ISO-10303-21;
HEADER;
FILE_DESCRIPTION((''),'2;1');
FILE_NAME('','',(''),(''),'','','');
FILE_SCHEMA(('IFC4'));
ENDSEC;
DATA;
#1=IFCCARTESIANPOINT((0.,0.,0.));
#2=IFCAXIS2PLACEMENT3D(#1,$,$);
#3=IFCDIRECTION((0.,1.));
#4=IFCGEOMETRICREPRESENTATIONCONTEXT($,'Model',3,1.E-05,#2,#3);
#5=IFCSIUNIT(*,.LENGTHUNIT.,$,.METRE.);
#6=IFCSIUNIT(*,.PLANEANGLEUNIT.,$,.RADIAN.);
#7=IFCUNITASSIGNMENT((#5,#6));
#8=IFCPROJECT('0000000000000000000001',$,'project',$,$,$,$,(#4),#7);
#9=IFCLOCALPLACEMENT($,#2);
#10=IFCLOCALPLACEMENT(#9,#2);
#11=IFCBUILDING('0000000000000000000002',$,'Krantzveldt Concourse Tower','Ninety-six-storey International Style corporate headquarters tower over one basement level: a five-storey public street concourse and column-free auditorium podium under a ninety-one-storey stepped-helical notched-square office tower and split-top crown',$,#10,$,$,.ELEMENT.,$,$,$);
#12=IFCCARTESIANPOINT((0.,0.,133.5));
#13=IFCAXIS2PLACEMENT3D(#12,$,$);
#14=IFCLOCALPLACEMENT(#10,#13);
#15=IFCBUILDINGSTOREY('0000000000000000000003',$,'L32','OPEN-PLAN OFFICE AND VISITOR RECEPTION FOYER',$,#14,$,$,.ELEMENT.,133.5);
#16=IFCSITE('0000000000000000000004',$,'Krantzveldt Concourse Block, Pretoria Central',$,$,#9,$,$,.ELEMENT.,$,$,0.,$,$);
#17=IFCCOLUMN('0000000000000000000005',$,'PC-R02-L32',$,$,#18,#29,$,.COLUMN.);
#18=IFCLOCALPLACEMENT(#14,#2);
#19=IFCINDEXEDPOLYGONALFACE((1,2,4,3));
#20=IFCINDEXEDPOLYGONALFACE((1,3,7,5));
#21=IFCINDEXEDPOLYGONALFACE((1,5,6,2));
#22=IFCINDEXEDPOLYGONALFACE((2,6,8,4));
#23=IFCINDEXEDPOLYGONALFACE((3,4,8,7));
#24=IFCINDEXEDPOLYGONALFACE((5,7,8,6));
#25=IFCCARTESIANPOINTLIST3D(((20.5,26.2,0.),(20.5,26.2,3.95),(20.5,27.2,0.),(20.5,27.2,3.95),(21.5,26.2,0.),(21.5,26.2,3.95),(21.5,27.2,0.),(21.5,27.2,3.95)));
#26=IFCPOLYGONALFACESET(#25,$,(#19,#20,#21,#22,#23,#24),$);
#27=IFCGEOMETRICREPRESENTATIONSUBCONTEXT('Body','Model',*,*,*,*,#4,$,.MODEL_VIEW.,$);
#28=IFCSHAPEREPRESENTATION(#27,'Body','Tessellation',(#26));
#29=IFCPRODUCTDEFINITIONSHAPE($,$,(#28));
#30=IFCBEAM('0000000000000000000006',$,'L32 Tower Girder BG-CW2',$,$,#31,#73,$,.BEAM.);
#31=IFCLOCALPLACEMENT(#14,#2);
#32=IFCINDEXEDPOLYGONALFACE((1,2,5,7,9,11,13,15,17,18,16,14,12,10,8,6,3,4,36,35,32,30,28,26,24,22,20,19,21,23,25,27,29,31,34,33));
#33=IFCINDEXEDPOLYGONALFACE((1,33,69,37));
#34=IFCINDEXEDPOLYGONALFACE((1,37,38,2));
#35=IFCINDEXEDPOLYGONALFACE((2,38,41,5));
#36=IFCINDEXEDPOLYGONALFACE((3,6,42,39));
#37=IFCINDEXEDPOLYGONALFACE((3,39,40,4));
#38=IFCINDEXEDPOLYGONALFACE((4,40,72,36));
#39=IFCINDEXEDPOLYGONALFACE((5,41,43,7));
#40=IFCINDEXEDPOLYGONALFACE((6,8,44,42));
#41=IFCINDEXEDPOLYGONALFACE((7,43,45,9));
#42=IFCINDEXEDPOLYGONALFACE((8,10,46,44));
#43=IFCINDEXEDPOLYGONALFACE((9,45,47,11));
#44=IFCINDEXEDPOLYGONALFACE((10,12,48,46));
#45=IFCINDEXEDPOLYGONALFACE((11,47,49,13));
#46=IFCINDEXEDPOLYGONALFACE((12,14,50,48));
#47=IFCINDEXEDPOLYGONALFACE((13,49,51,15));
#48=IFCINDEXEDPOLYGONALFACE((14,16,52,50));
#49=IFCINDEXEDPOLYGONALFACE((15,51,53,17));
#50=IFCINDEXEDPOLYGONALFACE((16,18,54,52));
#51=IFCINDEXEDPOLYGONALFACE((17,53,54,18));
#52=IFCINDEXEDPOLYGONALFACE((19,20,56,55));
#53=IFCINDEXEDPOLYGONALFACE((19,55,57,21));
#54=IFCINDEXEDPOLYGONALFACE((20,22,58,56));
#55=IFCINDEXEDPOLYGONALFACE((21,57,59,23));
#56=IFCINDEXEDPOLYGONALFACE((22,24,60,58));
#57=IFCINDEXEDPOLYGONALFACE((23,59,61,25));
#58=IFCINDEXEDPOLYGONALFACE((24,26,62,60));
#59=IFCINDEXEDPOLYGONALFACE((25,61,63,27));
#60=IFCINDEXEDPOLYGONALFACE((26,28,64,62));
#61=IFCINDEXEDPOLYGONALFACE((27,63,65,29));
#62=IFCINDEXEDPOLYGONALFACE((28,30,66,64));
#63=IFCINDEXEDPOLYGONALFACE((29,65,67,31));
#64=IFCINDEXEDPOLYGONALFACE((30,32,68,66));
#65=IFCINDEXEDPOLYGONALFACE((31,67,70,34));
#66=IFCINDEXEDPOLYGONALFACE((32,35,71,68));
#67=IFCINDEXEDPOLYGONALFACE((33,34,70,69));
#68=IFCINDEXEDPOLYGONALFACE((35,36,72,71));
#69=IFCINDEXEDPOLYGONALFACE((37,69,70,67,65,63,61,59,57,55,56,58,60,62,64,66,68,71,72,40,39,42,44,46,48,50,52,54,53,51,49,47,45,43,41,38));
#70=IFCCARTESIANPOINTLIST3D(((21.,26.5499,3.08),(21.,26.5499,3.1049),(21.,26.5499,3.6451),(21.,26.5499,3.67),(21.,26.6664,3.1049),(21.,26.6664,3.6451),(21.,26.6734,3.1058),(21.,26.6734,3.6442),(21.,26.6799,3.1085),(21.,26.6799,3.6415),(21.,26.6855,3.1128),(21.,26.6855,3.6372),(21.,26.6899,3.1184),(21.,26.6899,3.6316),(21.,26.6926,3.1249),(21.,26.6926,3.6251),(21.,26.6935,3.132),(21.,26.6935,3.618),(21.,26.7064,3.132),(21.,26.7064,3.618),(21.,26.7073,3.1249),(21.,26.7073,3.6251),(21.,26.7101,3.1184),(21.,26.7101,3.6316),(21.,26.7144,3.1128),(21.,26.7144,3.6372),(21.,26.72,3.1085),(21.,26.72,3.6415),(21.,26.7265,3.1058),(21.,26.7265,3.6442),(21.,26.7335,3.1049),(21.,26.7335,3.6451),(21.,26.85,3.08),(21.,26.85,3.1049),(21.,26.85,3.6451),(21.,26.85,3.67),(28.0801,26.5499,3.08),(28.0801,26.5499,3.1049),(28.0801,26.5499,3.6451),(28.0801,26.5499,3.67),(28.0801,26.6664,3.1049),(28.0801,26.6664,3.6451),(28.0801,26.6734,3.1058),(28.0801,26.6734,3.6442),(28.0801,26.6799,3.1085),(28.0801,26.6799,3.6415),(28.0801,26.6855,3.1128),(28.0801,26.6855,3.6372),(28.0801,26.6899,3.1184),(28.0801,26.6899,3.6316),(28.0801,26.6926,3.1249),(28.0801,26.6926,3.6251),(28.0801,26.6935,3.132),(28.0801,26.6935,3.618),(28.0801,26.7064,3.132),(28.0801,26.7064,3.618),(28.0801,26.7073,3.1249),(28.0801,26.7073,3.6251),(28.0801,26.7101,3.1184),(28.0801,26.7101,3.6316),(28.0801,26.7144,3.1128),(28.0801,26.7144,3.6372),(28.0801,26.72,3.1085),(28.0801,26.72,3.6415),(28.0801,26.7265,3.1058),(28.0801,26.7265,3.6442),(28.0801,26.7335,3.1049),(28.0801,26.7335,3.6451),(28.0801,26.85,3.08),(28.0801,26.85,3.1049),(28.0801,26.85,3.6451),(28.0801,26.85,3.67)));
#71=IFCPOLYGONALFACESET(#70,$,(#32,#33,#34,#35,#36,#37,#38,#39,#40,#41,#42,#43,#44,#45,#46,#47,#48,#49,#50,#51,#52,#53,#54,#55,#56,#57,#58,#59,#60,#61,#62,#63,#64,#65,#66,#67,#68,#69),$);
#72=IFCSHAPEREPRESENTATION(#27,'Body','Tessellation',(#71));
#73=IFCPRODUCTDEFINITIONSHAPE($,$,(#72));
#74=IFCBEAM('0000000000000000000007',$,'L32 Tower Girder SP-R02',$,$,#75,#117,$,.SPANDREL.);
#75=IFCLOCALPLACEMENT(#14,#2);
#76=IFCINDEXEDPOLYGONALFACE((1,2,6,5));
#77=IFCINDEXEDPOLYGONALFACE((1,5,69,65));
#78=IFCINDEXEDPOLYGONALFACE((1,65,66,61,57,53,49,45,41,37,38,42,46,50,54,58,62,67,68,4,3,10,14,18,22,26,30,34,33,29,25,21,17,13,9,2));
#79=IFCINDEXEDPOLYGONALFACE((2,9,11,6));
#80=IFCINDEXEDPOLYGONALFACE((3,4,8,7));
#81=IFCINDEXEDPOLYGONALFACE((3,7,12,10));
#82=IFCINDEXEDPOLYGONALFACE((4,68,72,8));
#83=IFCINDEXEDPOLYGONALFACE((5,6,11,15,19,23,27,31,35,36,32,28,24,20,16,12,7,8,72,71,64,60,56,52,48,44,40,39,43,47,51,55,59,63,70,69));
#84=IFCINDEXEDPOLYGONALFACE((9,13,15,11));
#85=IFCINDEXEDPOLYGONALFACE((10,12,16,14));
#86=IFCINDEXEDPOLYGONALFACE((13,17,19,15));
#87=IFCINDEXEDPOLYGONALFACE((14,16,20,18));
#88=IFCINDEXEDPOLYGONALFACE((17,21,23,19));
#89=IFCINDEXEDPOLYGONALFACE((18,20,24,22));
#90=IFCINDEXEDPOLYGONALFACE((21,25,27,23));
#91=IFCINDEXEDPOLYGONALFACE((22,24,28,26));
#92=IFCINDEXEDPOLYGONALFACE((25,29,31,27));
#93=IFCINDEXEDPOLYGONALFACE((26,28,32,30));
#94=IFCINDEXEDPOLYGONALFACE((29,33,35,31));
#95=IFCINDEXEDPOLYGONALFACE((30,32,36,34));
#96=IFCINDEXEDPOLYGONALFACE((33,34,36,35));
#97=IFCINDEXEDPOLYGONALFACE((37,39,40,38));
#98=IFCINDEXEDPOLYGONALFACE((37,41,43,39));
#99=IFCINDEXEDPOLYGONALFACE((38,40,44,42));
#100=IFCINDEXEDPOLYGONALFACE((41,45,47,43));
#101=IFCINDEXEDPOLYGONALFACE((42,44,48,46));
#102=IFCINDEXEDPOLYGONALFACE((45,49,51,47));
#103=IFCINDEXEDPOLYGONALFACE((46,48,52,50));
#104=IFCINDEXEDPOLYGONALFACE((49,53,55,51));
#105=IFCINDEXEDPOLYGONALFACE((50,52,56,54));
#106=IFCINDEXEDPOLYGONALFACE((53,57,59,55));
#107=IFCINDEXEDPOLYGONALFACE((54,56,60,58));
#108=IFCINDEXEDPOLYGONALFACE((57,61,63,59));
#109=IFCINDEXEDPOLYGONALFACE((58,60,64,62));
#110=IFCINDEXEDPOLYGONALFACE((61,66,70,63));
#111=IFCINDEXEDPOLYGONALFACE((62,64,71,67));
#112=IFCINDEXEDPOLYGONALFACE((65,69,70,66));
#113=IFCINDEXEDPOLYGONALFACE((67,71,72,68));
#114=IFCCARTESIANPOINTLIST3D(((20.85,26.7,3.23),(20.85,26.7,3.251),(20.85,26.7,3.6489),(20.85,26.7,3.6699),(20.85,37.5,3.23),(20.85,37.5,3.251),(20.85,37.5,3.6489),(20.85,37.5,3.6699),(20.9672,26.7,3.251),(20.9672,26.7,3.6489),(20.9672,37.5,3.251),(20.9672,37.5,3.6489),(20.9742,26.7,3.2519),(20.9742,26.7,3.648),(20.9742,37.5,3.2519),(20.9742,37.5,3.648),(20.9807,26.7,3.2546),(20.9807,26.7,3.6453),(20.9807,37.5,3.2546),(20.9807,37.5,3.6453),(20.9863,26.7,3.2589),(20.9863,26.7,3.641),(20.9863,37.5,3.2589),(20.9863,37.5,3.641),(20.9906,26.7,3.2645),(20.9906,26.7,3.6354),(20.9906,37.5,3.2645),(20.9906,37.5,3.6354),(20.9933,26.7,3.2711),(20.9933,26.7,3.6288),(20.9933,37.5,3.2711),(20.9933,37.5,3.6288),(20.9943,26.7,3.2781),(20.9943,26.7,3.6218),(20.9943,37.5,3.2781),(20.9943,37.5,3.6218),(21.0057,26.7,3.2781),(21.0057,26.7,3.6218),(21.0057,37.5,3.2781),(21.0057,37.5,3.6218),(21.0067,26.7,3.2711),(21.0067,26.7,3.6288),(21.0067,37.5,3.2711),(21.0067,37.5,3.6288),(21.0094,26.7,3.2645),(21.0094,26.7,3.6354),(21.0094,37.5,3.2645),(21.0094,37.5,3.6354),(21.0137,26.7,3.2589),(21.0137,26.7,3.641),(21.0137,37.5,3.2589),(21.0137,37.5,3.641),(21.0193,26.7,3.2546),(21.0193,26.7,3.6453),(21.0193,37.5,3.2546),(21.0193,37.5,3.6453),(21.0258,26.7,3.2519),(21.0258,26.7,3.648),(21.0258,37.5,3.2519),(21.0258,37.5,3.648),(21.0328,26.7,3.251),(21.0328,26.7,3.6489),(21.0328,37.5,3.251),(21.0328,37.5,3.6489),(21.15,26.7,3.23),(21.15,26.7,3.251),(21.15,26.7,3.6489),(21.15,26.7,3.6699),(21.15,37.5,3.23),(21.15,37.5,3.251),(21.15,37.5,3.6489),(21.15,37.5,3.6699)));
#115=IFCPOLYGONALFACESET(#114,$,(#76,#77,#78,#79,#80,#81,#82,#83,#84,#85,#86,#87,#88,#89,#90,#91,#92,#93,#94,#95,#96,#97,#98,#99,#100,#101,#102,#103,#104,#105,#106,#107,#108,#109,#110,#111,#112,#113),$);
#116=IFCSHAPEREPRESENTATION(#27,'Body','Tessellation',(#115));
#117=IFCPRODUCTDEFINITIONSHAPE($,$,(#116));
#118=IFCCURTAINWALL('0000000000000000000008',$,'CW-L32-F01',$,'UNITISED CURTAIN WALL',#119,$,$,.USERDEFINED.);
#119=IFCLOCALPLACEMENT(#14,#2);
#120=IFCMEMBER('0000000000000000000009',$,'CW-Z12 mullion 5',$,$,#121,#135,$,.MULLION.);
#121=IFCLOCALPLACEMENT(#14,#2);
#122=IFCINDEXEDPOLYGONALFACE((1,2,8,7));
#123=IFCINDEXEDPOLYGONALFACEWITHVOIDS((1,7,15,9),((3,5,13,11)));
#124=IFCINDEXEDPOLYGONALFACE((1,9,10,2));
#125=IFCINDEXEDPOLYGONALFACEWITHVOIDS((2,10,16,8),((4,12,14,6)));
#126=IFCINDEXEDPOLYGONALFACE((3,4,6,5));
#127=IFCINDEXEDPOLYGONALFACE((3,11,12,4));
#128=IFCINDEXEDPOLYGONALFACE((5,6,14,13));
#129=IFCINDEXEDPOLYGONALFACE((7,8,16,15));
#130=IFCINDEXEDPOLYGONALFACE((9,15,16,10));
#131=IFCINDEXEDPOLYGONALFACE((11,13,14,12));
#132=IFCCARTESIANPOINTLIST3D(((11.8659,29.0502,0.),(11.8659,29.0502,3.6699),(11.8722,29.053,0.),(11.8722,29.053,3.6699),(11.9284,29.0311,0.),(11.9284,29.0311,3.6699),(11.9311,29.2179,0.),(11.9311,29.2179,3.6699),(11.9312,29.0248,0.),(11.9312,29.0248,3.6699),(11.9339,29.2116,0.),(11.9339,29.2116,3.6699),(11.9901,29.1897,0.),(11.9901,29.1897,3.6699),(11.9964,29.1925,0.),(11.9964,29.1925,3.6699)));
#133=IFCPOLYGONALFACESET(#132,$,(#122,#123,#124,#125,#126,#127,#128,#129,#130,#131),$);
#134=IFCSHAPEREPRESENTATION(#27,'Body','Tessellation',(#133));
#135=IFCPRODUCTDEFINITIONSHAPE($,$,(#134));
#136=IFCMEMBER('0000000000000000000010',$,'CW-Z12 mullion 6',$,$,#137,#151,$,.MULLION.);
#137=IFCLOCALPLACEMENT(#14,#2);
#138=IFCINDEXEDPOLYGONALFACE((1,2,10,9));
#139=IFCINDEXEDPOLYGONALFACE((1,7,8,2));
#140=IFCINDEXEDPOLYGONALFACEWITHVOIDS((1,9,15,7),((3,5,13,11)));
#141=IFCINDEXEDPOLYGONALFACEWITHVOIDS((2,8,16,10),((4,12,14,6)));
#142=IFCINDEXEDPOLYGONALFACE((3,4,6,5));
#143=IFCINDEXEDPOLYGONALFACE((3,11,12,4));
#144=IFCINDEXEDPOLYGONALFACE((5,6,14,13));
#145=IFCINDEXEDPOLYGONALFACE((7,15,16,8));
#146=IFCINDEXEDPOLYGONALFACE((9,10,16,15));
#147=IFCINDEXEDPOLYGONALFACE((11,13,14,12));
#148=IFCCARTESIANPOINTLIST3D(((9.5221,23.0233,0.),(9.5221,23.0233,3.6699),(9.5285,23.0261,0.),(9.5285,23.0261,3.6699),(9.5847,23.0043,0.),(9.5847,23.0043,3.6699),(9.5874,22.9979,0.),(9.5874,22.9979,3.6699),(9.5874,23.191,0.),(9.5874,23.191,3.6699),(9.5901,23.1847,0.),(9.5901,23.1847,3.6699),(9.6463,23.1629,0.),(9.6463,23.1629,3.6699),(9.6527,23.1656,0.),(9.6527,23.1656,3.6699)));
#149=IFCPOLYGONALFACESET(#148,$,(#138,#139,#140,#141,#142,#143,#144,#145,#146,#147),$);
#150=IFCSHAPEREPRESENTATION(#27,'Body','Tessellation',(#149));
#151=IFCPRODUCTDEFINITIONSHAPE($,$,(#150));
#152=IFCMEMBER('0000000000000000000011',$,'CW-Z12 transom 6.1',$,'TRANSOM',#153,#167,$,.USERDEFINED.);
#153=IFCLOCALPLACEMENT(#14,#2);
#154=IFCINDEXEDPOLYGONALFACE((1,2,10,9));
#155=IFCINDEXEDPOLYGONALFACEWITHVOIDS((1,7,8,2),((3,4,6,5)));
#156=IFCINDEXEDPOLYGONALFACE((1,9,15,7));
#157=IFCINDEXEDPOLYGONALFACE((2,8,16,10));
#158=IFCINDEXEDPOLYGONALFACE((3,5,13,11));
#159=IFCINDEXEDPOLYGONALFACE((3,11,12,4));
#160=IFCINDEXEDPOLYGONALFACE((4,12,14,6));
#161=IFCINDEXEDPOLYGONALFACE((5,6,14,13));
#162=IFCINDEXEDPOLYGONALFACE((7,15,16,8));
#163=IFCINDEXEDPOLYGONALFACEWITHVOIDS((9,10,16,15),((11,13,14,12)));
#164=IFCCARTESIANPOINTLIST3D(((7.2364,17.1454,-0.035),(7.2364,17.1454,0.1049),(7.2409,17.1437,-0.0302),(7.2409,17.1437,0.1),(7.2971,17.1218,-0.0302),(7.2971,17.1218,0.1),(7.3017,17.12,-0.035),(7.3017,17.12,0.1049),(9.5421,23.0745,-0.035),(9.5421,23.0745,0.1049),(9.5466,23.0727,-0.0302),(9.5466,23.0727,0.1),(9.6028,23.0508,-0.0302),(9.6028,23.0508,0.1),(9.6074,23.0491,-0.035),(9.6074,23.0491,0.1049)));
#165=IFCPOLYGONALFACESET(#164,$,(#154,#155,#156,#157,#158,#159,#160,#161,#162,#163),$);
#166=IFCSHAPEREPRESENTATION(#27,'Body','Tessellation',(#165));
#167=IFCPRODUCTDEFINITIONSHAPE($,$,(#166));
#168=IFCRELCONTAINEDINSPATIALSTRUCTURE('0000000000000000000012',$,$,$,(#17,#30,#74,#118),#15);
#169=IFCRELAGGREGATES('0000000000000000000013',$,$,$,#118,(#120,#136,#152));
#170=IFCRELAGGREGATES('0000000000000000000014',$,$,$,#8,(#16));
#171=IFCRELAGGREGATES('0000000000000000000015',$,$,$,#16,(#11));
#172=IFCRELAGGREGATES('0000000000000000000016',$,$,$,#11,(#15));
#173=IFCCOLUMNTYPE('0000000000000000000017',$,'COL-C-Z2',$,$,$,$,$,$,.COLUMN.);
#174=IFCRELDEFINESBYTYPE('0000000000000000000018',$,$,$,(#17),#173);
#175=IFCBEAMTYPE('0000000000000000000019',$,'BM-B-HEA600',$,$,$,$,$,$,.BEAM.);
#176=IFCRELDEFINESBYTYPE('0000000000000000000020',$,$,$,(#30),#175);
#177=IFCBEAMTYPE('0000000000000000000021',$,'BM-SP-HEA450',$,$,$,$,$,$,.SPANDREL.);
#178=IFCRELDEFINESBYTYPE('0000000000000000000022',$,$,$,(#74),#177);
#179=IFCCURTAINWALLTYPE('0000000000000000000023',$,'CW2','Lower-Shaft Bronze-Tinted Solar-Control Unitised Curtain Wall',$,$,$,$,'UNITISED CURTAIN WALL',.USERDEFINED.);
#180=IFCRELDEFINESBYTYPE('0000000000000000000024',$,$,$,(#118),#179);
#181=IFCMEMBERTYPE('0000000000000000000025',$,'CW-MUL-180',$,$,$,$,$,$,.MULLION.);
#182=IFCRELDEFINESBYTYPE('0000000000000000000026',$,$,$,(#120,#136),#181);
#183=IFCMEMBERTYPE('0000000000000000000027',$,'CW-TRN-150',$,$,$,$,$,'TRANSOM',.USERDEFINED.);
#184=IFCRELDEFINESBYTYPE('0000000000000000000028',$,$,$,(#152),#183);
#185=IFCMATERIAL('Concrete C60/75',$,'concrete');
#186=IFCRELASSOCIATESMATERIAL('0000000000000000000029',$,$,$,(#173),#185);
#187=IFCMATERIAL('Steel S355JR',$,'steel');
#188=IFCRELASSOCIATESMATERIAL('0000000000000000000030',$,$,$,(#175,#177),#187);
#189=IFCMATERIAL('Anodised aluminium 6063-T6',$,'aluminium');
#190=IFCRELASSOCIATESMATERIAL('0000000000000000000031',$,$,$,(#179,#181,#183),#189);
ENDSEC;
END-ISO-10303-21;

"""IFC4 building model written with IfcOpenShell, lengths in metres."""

from ifc_helpers import new_model, si_unit, direction, frame, origin, origin_2d, place, context, subcontext, project, spatial, rectangle, hollow_rectangle, i_section, extrude, source, transform, mapped, material, material_profile, profile_set, type_object, type_shapes, element, aggregate, save


model = new_model("IFC4")

# Units and contexts
model_context = context("Model", 3, precision=1e-05, world=origin(), true_north=direction((0.0, 1.0)))
body_context = subcontext(model_context, "Body", "Model", "MODEL_VIEW")
ifc_project = project(units=[si_unit("LENGTHUNIT", "METRE"), si_unit("PLANEANGLEUNIT", "RADIAN")], contexts=[model_context])

# Site, building, storey
site_placement = place(None, origin())
site = spatial("IfcSite", under=ifc_project, at=site_placement, Name="Krantzveldt Concourse Block, Pretoria Central", CompositionType="ELEMENT", RefElevation=0.0)
building_placement = place(site_placement, origin())
building = spatial("IfcBuilding", under=site, at=building_placement, Name="Krantzveldt Concourse Tower", Description="Ninety-six-storey International Style corporate headquarters tower over one basement level: a five-storey public street concourse and column-free auditorium podium under a ninety-one-storey stepped-helical notched-square office tower and split-top crown", CompositionType="ELEMENT")
storey_placement = place(building_placement, frame((0.0, 0.0, 133.5)))
storey = spatial("IfcBuildingStorey", under=building, at=storey_placement, Name="L32", Description="OPEN-PLAN OFFICE AND VISITOR RECEPTION FOYER", CompositionType="ELEMENT", Elevation=133.5)

# Column
ifc_material_1 = material(Name="Concrete C60/75", Category="concrete")
ifc_material_profile_1 = material_profile(ifc_material_1, rectangle(XDim=1.0, YDim=1.0, at=origin_2d()), Name="Concrete C60/75", Category="concrete")
ifc_profile_set_1 = profile_set([ifc_material_profile_1], Name="Concrete C60/75 - RC 1000x1000")
column_type = type_object("IfcColumnType", Name="COL-C-Z2", PredefinedType="COLUMN", material=ifc_profile_set_1)
shared_shape_1 = source(origin(), body_context, "Body", "SweptSolid", [
    extrude(rectangle(XDim=1.0, YDim=1.0, at=origin_2d()), origin(), (0.0, 0.0, 1.0), 3.95),
])
type_shapes(column_type, [shared_shape_1])
column_placement = place(storey_placement, frame((21.0, 26.7, 0.0), z_axis=(0.0, 0.0, 1.0), x_axis=(1.0, 0.0, 0.0)))
element("IfcColumn", 1, at=column_placement, inside=storey, type_object=column_type, Name="PC-R02-L32", PredefinedType="COLUMN", context=body_context, shape_type="MappedRepresentation", body=[
    mapped(shared_shape_1, transform((0.0, 0.0, 0.0), x_axis=(1.0, 0.0, 0.0), y_axis=(0.0, 1.0, 0.0), z_axis=(0.0, 0.0, 1.0), scale=1.0)),
])

# Beams
ifc_material_2 = material(Name="Steel S355JR", Category="steel")
ifc_material_profile_2 = material_profile(ifc_material_2, i_section(OverallWidth=0.3, OverallDepth=0.5901, WebThickness=0.0129, FlangeThickness=0.0249, FilletRadius=0.0271, at=origin_2d()), Name="Steel S355JR", Category="steel")
ifc_profile_set_2 = profile_set([ifc_material_profile_2], Name="Steel S355JR - HEA 600")
beam_type_1 = type_object("IfcBeamType", Name="BM-B-HEA600", PredefinedType="BEAM", material=ifc_profile_set_2)
shared_shape_2 = source(origin(), body_context, "Body", "SweptSolid", [
    extrude(i_section(OverallWidth=0.3, OverallDepth=0.5901, WebThickness=0.0129, FlangeThickness=0.0249, FilletRadius=0.0271, at=origin_2d()), origin(), (0.0, 0.0, 1.0), 7.0801),
])
type_shapes(beam_type_1, [shared_shape_2])
beam_1_placement = place(storey_placement, frame((21.0, 26.7, 3.375), z_axis=(1.0, 0.0, 0.0), x_axis=(0.0, 1.0, 0.0)))
element("IfcBeam", 2, at=beam_1_placement, inside=storey, type_object=beam_type_1, Name="L32 Tower Girder BG-CW2", PredefinedType="BEAM", context=body_context, shape_type="MappedRepresentation", body=[
    mapped(shared_shape_2, transform((0.0, 0.0, 0.0), x_axis=(1.0, 0.0, 0.0), y_axis=(0.0, 1.0, 0.0), z_axis=(0.0, 0.0, 1.0), scale=1.0)),
])
ifc_material_profile_3 = material_profile(ifc_material_2, i_section(OverallWidth=0.3, OverallDepth=0.4399, WebThickness=0.0115, FlangeThickness=0.021, FilletRadius=0.0271, at=origin_2d()), Name="Steel S355JR", Category="steel")
ifc_profile_set_3 = profile_set([ifc_material_profile_3], Name="Steel S355JR - HEA 450")
beam_type_2 = type_object("IfcBeamType", Name="BM-SP-HEA450", PredefinedType="SPANDREL", material=ifc_profile_set_3)
shared_shape_3 = source(origin(), body_context, "Body", "SweptSolid", [
    extrude(i_section(OverallWidth=0.3, OverallDepth=0.4399, WebThickness=0.0115, FlangeThickness=0.021, FilletRadius=0.0271, at=origin_2d()), origin(), (0.0, 0.0, 1.0), 10.8),
])
type_shapes(beam_type_2, [shared_shape_3])
beam_2_placement = place(storey_placement, frame((21.0, 26.7, 3.45), z_axis=(0.0, 1.0, 0.0), x_axis=(-1.0, 0.0, 0.0)))
element("IfcBeam", 3, at=beam_2_placement, inside=storey, type_object=beam_type_2, Name="L32 Tower Girder SP-R02", PredefinedType="SPANDREL", context=body_context, shape_type="MappedRepresentation", body=[
    mapped(shared_shape_3, transform((0.0, 0.0, 0.0), x_axis=(1.0, 0.0, 0.0), y_axis=(0.0, 1.0, 0.0), z_axis=(0.0, 0.0, 1.0), scale=1.0)),
])

# Curtain wall, members
ifc_material_3 = material(Name="Anodised aluminium 6063-T6", Category="aluminium")
curtain_wall_type = type_object("IfcCurtainWallType", Name="CW2", Description="Lower-Shaft Bronze-Tinted Solar-Control Unitised Curtain Wall", ElementType="UNITISED CURTAIN WALL", PredefinedType="USERDEFINED", material=ifc_material_3)
curtain_wall_placement = place(storey_placement, origin())
curtain_wall = element("IfcCurtainWall", 4, at=curtain_wall_placement, inside=storey, type_object=curtain_wall_type, Name="CW-L32-F01", ObjectType="UNITISED CURTAIN WALL", PredefinedType="USERDEFINED")
ifc_material_profile_4 = material_profile(ifc_material_3, hollow_rectangle(XDim=0.0701, YDim=0.1799, WallThickness=0.0049, at=origin_2d()), Name="Anodised aluminium 6063-T6", Category="aluminium")
ifc_profile_set_4 = profile_set([ifc_material_profile_4], Name="Anodised aluminium 6063-T6 - ALU-MULL 180x70x5")
member_type_1 = type_object("IfcMemberType", Name="CW-MUL-180", PredefinedType="MULLION", material=ifc_profile_set_4)
shared_shape_4 = source(origin(), body_context, "Body", "SweptSolid", [
    extrude(hollow_rectangle(XDim=0.0701, YDim=0.1799, WallThickness=0.0049, at=origin_2d()), origin(), (0.0, 0.0, 1.0), 3.6699),
])
type_shapes(member_type_1, [shared_shape_4])
member_1_placement = place(storey_placement, frame((11.9312, 29.1213, 0.0), z_axis=(0.0, 0.0, 1.0), x_axis=(0.932008, -0.362438, 0.0)))
member_1 = element("IfcMember", 5, at=member_1_placement, type_object=member_type_1, Name="CW-Z12 mullion 5", PredefinedType="MULLION", context=body_context, shape_type="MappedRepresentation", body=[
    mapped(shared_shape_4, transform((0.0, 0.0, 0.0), x_axis=(1.0, 0.0, 0.0), y_axis=(0.0, 1.0, 0.0), z_axis=(0.0, 0.0, 1.0), scale=1.0)),
])
member_2_placement = place(storey_placement, frame((9.5874, 23.0945, 0.0), z_axis=(0.0, 0.0, 1.0), x_axis=(0.932008, -0.362438, 0.0)))
member_2 = element("IfcMember", 6, at=member_2_placement, type_object=member_type_1, Name="CW-Z12 mullion 6", PredefinedType="MULLION", context=body_context, shape_type="MappedRepresentation", body=[
    mapped(shared_shape_4, transform((0.0, 0.0, 0.0), x_axis=(1.0, 0.0, 0.0), y_axis=(0.0, 1.0, 0.0), z_axis=(0.0, 0.0, 1.0), scale=1.0)),
])
ifc_material_profile_5 = material_profile(ifc_material_3, hollow_rectangle(XDim=0.0701, YDim=0.1399, WallThickness=0.0049, at=origin_2d()), Name="Anodised aluminium 6063-T6", Category="aluminium")
ifc_profile_set_5 = profile_set([ifc_material_profile_5], Name="Anodised aluminium 6063-T6 - ALU-TRAN 140x70x5")
member_type_2 = type_object("IfcMemberType", Name="CW-TRN-150", ElementType="TRANSOM", PredefinedType="USERDEFINED", material=ifc_profile_set_5)
shared_shape_5 = source(origin(), body_context, "Body", "SweptSolid", [
    extrude(hollow_rectangle(XDim=0.0701, YDim=0.1399, WallThickness=0.0049, at=origin_2d()), origin(), (0.0, 0.0, 1.0), 6.3616),
])
member_3_placement = place(storey_placement, frame((9.5747, 23.0618, 0.0349), z_axis=(-0.362441, -0.932007, 0.0), x_axis=(0.932007, -0.362441, 0.0)))
member_3 = element("IfcMember", 7, at=member_3_placement, type_object=member_type_2, Name="CW-Z12 transom 6.1", ObjectType="TRANSOM", PredefinedType="USERDEFINED", context=body_context, shape_type="MappedRepresentation", body=[
    mapped(shared_shape_5, transform((0.0, 0.0, 0.0), x_axis=(1.0, 0.0, 0.0), y_axis=(0.0, 1.0, 0.0), z_axis=(0.0, 0.0, 1.0), scale=1.0)),
])
aggregate(curtain_wall, [member_1, member_2, member_3])

save(model, "model.ifc")
